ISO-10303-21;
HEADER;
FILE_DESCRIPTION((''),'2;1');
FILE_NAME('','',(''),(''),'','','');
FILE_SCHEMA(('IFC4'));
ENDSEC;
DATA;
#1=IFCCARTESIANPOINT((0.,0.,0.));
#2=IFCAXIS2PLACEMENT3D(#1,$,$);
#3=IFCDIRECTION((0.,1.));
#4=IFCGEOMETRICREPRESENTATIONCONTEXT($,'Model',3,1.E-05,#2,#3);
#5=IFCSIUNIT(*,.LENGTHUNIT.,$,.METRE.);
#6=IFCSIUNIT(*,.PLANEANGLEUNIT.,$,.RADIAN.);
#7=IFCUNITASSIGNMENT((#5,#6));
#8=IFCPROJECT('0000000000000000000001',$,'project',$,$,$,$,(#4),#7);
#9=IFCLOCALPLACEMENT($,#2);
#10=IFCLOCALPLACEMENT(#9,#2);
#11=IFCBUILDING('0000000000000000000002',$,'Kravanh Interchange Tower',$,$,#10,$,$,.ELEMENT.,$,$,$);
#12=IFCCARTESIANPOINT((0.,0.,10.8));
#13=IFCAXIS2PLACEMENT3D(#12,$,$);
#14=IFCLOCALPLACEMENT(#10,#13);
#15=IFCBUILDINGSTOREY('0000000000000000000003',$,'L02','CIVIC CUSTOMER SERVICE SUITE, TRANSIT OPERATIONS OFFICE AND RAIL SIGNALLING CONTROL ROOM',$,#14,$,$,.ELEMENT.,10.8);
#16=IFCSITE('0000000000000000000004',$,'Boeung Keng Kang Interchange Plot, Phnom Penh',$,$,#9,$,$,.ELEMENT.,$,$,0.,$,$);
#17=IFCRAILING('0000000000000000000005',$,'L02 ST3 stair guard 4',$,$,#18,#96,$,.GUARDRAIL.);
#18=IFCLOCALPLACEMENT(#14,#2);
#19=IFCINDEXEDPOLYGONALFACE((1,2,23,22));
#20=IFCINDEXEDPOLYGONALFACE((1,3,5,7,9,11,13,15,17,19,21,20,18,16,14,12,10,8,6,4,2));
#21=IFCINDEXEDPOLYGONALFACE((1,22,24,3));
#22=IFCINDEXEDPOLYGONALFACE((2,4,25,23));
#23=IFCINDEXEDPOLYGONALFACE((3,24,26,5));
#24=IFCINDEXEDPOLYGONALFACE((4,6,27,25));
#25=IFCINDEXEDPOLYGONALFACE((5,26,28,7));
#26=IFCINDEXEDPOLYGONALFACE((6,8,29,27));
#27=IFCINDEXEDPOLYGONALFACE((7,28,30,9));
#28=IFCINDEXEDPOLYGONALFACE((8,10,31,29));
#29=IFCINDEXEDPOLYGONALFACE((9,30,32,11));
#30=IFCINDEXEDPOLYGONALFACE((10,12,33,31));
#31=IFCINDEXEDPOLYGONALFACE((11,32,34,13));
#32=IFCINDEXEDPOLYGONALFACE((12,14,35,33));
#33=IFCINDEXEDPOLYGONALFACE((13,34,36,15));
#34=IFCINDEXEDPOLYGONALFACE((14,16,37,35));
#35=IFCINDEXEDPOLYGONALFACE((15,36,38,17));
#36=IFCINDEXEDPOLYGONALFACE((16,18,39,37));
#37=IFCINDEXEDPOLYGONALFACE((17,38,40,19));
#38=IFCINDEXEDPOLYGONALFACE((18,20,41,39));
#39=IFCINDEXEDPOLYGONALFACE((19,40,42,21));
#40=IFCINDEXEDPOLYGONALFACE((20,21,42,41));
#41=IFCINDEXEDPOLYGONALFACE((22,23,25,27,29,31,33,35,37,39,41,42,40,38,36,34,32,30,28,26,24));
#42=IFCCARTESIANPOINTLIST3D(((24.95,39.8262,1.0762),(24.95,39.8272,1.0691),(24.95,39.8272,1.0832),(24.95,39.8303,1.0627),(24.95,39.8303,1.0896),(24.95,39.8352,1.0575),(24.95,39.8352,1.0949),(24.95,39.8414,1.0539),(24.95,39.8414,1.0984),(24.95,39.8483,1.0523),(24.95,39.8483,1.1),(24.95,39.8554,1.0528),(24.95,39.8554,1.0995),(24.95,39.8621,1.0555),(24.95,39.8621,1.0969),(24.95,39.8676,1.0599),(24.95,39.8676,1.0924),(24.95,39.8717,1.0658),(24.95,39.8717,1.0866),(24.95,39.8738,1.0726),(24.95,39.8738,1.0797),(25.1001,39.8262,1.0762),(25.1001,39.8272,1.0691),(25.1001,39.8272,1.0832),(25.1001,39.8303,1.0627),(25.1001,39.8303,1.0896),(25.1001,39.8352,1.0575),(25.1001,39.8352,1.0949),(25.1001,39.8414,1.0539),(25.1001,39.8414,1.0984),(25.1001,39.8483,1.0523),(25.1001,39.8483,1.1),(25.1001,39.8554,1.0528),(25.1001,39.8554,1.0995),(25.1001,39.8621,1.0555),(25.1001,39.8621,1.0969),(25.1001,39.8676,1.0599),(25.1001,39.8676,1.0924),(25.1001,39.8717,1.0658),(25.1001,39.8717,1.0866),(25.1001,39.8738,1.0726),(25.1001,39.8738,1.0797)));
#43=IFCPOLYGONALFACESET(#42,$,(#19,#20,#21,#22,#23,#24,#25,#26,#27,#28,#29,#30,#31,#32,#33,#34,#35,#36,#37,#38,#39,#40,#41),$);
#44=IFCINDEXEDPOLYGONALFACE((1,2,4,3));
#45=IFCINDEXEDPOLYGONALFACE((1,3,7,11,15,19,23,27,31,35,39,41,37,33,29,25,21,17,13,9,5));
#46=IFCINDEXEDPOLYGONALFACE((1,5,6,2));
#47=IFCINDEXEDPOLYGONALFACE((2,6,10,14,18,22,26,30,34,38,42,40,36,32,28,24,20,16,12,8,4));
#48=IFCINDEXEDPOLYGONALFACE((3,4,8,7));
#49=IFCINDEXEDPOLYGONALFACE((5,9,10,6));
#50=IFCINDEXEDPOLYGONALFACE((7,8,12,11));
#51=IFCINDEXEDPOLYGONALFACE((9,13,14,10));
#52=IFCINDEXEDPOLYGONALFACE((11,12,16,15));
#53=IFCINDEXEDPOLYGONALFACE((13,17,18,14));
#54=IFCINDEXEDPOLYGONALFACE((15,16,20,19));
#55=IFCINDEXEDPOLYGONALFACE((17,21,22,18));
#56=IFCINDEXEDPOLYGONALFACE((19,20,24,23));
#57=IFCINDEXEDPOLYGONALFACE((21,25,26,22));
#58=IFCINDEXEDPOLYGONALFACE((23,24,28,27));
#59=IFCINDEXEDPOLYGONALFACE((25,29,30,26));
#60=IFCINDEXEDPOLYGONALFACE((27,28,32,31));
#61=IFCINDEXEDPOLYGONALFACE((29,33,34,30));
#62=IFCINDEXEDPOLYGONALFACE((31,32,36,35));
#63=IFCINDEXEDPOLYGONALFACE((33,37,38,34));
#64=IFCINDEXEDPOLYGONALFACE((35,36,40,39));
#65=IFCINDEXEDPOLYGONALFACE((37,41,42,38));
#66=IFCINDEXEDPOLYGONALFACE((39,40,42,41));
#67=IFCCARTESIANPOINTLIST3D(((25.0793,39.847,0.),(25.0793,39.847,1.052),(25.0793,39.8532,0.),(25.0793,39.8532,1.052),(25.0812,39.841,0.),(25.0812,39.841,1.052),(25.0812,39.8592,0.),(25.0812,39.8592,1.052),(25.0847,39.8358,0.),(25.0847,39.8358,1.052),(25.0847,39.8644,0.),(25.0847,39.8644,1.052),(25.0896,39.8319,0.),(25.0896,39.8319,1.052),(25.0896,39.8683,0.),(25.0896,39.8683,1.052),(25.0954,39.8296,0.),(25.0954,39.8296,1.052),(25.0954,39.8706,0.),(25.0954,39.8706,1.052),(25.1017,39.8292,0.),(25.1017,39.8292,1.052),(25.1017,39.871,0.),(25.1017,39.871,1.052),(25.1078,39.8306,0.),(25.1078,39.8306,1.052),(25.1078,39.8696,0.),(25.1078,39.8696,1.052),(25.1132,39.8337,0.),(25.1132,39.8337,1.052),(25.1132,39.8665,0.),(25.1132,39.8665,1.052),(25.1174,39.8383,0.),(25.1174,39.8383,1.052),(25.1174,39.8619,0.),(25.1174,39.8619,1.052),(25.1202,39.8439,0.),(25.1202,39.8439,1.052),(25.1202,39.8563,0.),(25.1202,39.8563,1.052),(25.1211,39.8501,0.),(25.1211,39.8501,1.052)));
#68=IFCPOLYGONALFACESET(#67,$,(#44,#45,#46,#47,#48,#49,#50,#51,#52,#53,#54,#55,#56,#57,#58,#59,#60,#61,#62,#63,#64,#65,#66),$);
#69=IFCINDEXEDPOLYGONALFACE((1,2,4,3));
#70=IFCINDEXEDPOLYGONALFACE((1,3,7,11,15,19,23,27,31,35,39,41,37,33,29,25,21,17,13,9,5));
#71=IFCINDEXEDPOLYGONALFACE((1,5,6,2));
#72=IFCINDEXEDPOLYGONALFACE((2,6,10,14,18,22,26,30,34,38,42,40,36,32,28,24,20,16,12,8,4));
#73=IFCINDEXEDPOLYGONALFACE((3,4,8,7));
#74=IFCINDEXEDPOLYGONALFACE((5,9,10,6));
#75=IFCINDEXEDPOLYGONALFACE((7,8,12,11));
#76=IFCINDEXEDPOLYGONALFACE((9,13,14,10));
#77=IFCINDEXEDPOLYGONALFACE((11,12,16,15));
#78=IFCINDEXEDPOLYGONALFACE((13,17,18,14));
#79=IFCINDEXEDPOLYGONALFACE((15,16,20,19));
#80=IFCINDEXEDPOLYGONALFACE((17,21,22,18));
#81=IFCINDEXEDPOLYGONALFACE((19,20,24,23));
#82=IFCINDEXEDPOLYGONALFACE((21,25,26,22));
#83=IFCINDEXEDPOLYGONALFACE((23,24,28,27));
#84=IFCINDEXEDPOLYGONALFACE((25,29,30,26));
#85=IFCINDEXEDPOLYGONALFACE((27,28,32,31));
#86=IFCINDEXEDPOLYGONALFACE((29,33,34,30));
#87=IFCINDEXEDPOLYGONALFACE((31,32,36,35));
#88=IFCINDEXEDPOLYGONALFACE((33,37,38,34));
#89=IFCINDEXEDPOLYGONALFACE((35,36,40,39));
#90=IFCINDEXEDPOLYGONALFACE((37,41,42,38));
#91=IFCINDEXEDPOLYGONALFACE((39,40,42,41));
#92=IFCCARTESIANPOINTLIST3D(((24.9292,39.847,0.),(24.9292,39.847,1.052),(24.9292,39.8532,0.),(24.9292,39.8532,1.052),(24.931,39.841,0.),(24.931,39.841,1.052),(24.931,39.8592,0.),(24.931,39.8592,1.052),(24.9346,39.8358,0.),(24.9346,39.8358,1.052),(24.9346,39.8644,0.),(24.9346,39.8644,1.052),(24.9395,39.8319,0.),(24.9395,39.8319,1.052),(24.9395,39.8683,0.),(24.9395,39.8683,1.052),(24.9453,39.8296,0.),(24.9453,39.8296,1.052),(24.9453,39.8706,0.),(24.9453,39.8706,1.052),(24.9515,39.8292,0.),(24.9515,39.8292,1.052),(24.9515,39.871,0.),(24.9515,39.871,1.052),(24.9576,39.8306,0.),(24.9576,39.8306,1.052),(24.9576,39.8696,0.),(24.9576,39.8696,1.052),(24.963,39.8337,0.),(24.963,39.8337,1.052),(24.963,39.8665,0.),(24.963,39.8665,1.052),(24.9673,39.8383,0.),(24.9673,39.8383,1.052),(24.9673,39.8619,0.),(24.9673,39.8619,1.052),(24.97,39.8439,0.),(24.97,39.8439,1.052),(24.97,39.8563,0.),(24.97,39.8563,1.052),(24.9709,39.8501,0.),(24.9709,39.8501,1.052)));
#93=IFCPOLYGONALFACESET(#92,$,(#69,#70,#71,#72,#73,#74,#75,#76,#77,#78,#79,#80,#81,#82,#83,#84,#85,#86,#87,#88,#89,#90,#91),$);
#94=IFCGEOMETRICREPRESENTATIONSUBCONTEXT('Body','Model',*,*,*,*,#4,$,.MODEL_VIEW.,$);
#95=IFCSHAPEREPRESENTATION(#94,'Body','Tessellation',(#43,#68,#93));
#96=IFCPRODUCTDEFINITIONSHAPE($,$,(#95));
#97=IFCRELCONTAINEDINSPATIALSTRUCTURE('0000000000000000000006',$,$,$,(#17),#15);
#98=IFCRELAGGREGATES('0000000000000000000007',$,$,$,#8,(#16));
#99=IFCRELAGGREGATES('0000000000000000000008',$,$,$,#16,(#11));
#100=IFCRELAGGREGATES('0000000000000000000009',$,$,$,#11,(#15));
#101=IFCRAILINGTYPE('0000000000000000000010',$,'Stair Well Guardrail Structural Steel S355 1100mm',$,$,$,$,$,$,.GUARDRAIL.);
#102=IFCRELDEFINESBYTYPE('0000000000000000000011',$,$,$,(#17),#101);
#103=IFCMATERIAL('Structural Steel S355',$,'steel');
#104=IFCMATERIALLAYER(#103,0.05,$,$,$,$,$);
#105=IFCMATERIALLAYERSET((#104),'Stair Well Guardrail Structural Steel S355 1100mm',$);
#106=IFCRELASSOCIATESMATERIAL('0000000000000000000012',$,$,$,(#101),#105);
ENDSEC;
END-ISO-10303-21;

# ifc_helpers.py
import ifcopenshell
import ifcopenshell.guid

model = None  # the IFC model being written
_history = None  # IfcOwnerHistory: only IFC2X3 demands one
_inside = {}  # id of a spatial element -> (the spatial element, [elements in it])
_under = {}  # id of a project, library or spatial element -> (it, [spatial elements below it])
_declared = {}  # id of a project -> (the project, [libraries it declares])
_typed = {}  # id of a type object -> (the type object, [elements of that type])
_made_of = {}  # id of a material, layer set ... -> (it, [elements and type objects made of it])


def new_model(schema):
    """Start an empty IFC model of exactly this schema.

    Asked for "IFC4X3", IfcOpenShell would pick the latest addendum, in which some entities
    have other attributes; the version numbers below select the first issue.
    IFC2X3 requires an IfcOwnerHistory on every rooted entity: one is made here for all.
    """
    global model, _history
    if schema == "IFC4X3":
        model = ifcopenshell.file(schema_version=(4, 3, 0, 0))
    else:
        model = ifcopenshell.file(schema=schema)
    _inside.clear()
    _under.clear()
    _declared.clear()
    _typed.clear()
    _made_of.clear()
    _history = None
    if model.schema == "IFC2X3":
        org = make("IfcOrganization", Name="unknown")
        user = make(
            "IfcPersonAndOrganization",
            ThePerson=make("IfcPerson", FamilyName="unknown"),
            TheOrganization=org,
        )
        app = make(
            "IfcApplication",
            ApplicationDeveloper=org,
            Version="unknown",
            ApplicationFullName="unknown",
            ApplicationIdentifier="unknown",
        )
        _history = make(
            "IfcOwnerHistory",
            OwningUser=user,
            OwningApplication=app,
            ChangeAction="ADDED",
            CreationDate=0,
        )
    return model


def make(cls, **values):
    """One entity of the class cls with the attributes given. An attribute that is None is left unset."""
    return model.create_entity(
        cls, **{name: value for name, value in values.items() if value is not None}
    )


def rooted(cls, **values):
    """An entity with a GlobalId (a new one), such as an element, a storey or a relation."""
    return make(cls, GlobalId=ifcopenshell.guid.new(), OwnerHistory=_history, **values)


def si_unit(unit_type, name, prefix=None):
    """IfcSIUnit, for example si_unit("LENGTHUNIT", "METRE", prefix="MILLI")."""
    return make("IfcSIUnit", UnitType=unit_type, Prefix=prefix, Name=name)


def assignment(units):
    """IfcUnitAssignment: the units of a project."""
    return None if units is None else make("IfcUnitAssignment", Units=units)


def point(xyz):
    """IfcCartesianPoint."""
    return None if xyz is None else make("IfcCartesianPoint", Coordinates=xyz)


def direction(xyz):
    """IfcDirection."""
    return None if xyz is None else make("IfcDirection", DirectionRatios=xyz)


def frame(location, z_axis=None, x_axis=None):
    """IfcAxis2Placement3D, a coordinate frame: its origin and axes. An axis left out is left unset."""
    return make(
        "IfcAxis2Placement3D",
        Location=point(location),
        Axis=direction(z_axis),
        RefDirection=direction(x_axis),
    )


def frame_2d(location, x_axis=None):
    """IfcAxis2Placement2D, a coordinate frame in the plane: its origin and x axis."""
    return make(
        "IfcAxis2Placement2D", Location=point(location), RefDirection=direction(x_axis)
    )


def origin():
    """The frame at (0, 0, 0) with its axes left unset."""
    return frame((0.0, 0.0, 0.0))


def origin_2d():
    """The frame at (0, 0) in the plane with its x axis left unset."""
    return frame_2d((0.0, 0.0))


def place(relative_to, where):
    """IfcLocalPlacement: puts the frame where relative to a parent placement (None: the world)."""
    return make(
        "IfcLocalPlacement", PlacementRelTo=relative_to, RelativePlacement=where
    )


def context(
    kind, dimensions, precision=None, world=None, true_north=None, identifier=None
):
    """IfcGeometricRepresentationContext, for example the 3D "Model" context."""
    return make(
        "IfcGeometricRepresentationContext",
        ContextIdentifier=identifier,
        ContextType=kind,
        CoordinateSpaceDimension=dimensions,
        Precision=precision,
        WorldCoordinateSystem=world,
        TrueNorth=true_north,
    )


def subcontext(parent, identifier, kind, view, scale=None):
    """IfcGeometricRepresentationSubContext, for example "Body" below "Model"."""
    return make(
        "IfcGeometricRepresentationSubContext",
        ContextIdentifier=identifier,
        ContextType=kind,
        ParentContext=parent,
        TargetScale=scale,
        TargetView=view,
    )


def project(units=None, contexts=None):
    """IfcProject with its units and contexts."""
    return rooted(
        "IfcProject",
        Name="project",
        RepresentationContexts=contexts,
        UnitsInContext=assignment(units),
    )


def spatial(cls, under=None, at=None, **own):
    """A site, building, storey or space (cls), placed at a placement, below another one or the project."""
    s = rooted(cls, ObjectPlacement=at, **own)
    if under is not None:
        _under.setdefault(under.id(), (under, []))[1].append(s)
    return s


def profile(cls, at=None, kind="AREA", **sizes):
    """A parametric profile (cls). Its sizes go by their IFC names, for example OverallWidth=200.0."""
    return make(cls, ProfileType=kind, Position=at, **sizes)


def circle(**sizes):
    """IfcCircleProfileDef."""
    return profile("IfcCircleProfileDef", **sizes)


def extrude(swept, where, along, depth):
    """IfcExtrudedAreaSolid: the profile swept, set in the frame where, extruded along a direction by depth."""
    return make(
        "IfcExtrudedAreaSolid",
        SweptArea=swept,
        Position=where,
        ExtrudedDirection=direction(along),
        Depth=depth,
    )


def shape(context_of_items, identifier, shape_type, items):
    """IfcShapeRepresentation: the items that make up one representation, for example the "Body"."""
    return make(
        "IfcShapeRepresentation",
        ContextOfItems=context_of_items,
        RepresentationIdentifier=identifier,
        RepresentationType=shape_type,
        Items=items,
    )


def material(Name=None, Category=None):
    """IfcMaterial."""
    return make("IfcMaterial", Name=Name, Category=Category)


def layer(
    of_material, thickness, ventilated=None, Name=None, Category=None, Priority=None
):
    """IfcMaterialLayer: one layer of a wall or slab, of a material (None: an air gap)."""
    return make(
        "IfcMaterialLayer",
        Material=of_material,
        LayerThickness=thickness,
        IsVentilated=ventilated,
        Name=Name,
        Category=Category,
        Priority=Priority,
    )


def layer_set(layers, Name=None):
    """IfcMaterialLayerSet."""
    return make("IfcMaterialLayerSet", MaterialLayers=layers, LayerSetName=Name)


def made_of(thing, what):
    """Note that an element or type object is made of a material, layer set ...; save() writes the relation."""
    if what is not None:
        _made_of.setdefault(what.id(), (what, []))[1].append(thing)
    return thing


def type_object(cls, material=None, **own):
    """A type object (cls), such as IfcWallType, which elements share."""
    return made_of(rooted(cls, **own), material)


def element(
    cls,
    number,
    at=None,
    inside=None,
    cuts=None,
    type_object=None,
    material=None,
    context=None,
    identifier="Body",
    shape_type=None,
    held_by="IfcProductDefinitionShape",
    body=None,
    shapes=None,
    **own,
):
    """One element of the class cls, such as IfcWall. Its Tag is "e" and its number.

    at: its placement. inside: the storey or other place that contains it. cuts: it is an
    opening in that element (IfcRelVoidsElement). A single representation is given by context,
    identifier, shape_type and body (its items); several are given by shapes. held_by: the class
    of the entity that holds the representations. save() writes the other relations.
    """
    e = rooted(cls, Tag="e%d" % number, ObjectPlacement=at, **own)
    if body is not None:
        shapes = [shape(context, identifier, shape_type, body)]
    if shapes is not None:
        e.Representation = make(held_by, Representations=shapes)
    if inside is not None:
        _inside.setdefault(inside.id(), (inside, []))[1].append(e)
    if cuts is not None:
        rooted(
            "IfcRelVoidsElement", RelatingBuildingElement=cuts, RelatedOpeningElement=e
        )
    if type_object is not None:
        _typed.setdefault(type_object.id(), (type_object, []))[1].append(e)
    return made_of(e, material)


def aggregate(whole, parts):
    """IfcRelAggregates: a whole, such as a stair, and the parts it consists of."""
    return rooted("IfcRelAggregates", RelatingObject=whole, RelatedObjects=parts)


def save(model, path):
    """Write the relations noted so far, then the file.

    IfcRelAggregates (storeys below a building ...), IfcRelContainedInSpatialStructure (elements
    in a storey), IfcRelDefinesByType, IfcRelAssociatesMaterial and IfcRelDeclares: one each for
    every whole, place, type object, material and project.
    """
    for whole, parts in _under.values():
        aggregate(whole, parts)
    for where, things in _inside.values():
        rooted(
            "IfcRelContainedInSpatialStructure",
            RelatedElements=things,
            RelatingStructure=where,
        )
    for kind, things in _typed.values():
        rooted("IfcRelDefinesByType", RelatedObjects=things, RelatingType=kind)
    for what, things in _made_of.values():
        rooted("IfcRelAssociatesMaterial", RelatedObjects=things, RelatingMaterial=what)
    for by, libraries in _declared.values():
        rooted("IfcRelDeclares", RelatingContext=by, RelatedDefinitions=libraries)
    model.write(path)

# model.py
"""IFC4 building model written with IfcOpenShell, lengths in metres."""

from ifc_helpers import new_model, si_unit, direction, frame, origin, origin_2d, place, context, subcontext, project, spatial, circle, extrude, material, layer, layer_set, type_object, element, save


model = new_model("IFC4")

# Units and contexts
model_context = context("Model", 3, precision=1e-05, world=origin(), true_north=direction((0.0, 1.0)))
body_context = subcontext(model_context, "Body", "Model", "MODEL_VIEW")
ifc_project = project(units=[si_unit("LENGTHUNIT", "METRE"), si_unit("PLANEANGLEUNIT", "RADIAN")], contexts=[model_context])

# Site, building, storey
site_placement = place(None, origin())
site = spatial("IfcSite", under=ifc_project, at=site_placement, Name="Boeung Keng Kang Interchange Plot, Phnom Penh", CompositionType="ELEMENT", RefElevation=0.0)
building_placement = place(site_placement, origin())
building = spatial("IfcBuilding", under=site, at=building_placement, Name="Kravanh Interchange Tower", CompositionType="ELEMENT")
storey_placement = place(building_placement, frame((0.0, 0.0, 10.8)))
storey = spatial("IfcBuildingStorey", under=building, at=storey_placement, Name="L02", Description="CIVIC CUSTOMER SERVICE SUITE, TRANSIT OPERATIONS OFFICE AND RAIL SIGNALLING CONTROL ROOM", CompositionType="ELEMENT", Elevation=10.8)

# Railing
ifc_material_1 = material(Name="Structural Steel S355", Category="steel")
ifc_layer_1 = layer(ifc_material_1, 0.05)
ifc_layer_set_1 = layer_set([ifc_layer_1], Name="Stair Well Guardrail Structural Steel S355 1100mm")
railing_type_1 = type_object("IfcRailingType", Name="Stair Well Guardrail Structural Steel S355 1100mm", PredefinedType="GUARDRAIL", material=ifc_layer_set_1)
railing_1_placement = place(storey_placement, frame((25.1001, 39.8501, 0.0)))
element("IfcRailing", 1, at=railing_1_placement, inside=storey, type_object=railing_type_1, Name="L02 ST3 stair guard 4", PredefinedType="GUARDRAIL", context=body_context, shape_type="SweptSolid", body=[
    extrude(circle(Radius=0.0239, at=origin_2d()), frame((0.0, 0.0, 1.0762), z_axis=(-1.0, 0.0, 0.0), x_axis=(0.0, -1.0, 0.0)), (0.0, 0.0, 1.0), 0.1501),
    extrude(circle(Radius=0.021, at=origin_2d()), origin(), (0.0, 0.0, 1.0), 1.052),
    extrude(circle(Radius=0.021, at=origin_2d()), frame((-0.1501, 0.0, 0.0)), (0.0, 0.0, 1.0), 1.052),
])

save(model, "model.ifc")
